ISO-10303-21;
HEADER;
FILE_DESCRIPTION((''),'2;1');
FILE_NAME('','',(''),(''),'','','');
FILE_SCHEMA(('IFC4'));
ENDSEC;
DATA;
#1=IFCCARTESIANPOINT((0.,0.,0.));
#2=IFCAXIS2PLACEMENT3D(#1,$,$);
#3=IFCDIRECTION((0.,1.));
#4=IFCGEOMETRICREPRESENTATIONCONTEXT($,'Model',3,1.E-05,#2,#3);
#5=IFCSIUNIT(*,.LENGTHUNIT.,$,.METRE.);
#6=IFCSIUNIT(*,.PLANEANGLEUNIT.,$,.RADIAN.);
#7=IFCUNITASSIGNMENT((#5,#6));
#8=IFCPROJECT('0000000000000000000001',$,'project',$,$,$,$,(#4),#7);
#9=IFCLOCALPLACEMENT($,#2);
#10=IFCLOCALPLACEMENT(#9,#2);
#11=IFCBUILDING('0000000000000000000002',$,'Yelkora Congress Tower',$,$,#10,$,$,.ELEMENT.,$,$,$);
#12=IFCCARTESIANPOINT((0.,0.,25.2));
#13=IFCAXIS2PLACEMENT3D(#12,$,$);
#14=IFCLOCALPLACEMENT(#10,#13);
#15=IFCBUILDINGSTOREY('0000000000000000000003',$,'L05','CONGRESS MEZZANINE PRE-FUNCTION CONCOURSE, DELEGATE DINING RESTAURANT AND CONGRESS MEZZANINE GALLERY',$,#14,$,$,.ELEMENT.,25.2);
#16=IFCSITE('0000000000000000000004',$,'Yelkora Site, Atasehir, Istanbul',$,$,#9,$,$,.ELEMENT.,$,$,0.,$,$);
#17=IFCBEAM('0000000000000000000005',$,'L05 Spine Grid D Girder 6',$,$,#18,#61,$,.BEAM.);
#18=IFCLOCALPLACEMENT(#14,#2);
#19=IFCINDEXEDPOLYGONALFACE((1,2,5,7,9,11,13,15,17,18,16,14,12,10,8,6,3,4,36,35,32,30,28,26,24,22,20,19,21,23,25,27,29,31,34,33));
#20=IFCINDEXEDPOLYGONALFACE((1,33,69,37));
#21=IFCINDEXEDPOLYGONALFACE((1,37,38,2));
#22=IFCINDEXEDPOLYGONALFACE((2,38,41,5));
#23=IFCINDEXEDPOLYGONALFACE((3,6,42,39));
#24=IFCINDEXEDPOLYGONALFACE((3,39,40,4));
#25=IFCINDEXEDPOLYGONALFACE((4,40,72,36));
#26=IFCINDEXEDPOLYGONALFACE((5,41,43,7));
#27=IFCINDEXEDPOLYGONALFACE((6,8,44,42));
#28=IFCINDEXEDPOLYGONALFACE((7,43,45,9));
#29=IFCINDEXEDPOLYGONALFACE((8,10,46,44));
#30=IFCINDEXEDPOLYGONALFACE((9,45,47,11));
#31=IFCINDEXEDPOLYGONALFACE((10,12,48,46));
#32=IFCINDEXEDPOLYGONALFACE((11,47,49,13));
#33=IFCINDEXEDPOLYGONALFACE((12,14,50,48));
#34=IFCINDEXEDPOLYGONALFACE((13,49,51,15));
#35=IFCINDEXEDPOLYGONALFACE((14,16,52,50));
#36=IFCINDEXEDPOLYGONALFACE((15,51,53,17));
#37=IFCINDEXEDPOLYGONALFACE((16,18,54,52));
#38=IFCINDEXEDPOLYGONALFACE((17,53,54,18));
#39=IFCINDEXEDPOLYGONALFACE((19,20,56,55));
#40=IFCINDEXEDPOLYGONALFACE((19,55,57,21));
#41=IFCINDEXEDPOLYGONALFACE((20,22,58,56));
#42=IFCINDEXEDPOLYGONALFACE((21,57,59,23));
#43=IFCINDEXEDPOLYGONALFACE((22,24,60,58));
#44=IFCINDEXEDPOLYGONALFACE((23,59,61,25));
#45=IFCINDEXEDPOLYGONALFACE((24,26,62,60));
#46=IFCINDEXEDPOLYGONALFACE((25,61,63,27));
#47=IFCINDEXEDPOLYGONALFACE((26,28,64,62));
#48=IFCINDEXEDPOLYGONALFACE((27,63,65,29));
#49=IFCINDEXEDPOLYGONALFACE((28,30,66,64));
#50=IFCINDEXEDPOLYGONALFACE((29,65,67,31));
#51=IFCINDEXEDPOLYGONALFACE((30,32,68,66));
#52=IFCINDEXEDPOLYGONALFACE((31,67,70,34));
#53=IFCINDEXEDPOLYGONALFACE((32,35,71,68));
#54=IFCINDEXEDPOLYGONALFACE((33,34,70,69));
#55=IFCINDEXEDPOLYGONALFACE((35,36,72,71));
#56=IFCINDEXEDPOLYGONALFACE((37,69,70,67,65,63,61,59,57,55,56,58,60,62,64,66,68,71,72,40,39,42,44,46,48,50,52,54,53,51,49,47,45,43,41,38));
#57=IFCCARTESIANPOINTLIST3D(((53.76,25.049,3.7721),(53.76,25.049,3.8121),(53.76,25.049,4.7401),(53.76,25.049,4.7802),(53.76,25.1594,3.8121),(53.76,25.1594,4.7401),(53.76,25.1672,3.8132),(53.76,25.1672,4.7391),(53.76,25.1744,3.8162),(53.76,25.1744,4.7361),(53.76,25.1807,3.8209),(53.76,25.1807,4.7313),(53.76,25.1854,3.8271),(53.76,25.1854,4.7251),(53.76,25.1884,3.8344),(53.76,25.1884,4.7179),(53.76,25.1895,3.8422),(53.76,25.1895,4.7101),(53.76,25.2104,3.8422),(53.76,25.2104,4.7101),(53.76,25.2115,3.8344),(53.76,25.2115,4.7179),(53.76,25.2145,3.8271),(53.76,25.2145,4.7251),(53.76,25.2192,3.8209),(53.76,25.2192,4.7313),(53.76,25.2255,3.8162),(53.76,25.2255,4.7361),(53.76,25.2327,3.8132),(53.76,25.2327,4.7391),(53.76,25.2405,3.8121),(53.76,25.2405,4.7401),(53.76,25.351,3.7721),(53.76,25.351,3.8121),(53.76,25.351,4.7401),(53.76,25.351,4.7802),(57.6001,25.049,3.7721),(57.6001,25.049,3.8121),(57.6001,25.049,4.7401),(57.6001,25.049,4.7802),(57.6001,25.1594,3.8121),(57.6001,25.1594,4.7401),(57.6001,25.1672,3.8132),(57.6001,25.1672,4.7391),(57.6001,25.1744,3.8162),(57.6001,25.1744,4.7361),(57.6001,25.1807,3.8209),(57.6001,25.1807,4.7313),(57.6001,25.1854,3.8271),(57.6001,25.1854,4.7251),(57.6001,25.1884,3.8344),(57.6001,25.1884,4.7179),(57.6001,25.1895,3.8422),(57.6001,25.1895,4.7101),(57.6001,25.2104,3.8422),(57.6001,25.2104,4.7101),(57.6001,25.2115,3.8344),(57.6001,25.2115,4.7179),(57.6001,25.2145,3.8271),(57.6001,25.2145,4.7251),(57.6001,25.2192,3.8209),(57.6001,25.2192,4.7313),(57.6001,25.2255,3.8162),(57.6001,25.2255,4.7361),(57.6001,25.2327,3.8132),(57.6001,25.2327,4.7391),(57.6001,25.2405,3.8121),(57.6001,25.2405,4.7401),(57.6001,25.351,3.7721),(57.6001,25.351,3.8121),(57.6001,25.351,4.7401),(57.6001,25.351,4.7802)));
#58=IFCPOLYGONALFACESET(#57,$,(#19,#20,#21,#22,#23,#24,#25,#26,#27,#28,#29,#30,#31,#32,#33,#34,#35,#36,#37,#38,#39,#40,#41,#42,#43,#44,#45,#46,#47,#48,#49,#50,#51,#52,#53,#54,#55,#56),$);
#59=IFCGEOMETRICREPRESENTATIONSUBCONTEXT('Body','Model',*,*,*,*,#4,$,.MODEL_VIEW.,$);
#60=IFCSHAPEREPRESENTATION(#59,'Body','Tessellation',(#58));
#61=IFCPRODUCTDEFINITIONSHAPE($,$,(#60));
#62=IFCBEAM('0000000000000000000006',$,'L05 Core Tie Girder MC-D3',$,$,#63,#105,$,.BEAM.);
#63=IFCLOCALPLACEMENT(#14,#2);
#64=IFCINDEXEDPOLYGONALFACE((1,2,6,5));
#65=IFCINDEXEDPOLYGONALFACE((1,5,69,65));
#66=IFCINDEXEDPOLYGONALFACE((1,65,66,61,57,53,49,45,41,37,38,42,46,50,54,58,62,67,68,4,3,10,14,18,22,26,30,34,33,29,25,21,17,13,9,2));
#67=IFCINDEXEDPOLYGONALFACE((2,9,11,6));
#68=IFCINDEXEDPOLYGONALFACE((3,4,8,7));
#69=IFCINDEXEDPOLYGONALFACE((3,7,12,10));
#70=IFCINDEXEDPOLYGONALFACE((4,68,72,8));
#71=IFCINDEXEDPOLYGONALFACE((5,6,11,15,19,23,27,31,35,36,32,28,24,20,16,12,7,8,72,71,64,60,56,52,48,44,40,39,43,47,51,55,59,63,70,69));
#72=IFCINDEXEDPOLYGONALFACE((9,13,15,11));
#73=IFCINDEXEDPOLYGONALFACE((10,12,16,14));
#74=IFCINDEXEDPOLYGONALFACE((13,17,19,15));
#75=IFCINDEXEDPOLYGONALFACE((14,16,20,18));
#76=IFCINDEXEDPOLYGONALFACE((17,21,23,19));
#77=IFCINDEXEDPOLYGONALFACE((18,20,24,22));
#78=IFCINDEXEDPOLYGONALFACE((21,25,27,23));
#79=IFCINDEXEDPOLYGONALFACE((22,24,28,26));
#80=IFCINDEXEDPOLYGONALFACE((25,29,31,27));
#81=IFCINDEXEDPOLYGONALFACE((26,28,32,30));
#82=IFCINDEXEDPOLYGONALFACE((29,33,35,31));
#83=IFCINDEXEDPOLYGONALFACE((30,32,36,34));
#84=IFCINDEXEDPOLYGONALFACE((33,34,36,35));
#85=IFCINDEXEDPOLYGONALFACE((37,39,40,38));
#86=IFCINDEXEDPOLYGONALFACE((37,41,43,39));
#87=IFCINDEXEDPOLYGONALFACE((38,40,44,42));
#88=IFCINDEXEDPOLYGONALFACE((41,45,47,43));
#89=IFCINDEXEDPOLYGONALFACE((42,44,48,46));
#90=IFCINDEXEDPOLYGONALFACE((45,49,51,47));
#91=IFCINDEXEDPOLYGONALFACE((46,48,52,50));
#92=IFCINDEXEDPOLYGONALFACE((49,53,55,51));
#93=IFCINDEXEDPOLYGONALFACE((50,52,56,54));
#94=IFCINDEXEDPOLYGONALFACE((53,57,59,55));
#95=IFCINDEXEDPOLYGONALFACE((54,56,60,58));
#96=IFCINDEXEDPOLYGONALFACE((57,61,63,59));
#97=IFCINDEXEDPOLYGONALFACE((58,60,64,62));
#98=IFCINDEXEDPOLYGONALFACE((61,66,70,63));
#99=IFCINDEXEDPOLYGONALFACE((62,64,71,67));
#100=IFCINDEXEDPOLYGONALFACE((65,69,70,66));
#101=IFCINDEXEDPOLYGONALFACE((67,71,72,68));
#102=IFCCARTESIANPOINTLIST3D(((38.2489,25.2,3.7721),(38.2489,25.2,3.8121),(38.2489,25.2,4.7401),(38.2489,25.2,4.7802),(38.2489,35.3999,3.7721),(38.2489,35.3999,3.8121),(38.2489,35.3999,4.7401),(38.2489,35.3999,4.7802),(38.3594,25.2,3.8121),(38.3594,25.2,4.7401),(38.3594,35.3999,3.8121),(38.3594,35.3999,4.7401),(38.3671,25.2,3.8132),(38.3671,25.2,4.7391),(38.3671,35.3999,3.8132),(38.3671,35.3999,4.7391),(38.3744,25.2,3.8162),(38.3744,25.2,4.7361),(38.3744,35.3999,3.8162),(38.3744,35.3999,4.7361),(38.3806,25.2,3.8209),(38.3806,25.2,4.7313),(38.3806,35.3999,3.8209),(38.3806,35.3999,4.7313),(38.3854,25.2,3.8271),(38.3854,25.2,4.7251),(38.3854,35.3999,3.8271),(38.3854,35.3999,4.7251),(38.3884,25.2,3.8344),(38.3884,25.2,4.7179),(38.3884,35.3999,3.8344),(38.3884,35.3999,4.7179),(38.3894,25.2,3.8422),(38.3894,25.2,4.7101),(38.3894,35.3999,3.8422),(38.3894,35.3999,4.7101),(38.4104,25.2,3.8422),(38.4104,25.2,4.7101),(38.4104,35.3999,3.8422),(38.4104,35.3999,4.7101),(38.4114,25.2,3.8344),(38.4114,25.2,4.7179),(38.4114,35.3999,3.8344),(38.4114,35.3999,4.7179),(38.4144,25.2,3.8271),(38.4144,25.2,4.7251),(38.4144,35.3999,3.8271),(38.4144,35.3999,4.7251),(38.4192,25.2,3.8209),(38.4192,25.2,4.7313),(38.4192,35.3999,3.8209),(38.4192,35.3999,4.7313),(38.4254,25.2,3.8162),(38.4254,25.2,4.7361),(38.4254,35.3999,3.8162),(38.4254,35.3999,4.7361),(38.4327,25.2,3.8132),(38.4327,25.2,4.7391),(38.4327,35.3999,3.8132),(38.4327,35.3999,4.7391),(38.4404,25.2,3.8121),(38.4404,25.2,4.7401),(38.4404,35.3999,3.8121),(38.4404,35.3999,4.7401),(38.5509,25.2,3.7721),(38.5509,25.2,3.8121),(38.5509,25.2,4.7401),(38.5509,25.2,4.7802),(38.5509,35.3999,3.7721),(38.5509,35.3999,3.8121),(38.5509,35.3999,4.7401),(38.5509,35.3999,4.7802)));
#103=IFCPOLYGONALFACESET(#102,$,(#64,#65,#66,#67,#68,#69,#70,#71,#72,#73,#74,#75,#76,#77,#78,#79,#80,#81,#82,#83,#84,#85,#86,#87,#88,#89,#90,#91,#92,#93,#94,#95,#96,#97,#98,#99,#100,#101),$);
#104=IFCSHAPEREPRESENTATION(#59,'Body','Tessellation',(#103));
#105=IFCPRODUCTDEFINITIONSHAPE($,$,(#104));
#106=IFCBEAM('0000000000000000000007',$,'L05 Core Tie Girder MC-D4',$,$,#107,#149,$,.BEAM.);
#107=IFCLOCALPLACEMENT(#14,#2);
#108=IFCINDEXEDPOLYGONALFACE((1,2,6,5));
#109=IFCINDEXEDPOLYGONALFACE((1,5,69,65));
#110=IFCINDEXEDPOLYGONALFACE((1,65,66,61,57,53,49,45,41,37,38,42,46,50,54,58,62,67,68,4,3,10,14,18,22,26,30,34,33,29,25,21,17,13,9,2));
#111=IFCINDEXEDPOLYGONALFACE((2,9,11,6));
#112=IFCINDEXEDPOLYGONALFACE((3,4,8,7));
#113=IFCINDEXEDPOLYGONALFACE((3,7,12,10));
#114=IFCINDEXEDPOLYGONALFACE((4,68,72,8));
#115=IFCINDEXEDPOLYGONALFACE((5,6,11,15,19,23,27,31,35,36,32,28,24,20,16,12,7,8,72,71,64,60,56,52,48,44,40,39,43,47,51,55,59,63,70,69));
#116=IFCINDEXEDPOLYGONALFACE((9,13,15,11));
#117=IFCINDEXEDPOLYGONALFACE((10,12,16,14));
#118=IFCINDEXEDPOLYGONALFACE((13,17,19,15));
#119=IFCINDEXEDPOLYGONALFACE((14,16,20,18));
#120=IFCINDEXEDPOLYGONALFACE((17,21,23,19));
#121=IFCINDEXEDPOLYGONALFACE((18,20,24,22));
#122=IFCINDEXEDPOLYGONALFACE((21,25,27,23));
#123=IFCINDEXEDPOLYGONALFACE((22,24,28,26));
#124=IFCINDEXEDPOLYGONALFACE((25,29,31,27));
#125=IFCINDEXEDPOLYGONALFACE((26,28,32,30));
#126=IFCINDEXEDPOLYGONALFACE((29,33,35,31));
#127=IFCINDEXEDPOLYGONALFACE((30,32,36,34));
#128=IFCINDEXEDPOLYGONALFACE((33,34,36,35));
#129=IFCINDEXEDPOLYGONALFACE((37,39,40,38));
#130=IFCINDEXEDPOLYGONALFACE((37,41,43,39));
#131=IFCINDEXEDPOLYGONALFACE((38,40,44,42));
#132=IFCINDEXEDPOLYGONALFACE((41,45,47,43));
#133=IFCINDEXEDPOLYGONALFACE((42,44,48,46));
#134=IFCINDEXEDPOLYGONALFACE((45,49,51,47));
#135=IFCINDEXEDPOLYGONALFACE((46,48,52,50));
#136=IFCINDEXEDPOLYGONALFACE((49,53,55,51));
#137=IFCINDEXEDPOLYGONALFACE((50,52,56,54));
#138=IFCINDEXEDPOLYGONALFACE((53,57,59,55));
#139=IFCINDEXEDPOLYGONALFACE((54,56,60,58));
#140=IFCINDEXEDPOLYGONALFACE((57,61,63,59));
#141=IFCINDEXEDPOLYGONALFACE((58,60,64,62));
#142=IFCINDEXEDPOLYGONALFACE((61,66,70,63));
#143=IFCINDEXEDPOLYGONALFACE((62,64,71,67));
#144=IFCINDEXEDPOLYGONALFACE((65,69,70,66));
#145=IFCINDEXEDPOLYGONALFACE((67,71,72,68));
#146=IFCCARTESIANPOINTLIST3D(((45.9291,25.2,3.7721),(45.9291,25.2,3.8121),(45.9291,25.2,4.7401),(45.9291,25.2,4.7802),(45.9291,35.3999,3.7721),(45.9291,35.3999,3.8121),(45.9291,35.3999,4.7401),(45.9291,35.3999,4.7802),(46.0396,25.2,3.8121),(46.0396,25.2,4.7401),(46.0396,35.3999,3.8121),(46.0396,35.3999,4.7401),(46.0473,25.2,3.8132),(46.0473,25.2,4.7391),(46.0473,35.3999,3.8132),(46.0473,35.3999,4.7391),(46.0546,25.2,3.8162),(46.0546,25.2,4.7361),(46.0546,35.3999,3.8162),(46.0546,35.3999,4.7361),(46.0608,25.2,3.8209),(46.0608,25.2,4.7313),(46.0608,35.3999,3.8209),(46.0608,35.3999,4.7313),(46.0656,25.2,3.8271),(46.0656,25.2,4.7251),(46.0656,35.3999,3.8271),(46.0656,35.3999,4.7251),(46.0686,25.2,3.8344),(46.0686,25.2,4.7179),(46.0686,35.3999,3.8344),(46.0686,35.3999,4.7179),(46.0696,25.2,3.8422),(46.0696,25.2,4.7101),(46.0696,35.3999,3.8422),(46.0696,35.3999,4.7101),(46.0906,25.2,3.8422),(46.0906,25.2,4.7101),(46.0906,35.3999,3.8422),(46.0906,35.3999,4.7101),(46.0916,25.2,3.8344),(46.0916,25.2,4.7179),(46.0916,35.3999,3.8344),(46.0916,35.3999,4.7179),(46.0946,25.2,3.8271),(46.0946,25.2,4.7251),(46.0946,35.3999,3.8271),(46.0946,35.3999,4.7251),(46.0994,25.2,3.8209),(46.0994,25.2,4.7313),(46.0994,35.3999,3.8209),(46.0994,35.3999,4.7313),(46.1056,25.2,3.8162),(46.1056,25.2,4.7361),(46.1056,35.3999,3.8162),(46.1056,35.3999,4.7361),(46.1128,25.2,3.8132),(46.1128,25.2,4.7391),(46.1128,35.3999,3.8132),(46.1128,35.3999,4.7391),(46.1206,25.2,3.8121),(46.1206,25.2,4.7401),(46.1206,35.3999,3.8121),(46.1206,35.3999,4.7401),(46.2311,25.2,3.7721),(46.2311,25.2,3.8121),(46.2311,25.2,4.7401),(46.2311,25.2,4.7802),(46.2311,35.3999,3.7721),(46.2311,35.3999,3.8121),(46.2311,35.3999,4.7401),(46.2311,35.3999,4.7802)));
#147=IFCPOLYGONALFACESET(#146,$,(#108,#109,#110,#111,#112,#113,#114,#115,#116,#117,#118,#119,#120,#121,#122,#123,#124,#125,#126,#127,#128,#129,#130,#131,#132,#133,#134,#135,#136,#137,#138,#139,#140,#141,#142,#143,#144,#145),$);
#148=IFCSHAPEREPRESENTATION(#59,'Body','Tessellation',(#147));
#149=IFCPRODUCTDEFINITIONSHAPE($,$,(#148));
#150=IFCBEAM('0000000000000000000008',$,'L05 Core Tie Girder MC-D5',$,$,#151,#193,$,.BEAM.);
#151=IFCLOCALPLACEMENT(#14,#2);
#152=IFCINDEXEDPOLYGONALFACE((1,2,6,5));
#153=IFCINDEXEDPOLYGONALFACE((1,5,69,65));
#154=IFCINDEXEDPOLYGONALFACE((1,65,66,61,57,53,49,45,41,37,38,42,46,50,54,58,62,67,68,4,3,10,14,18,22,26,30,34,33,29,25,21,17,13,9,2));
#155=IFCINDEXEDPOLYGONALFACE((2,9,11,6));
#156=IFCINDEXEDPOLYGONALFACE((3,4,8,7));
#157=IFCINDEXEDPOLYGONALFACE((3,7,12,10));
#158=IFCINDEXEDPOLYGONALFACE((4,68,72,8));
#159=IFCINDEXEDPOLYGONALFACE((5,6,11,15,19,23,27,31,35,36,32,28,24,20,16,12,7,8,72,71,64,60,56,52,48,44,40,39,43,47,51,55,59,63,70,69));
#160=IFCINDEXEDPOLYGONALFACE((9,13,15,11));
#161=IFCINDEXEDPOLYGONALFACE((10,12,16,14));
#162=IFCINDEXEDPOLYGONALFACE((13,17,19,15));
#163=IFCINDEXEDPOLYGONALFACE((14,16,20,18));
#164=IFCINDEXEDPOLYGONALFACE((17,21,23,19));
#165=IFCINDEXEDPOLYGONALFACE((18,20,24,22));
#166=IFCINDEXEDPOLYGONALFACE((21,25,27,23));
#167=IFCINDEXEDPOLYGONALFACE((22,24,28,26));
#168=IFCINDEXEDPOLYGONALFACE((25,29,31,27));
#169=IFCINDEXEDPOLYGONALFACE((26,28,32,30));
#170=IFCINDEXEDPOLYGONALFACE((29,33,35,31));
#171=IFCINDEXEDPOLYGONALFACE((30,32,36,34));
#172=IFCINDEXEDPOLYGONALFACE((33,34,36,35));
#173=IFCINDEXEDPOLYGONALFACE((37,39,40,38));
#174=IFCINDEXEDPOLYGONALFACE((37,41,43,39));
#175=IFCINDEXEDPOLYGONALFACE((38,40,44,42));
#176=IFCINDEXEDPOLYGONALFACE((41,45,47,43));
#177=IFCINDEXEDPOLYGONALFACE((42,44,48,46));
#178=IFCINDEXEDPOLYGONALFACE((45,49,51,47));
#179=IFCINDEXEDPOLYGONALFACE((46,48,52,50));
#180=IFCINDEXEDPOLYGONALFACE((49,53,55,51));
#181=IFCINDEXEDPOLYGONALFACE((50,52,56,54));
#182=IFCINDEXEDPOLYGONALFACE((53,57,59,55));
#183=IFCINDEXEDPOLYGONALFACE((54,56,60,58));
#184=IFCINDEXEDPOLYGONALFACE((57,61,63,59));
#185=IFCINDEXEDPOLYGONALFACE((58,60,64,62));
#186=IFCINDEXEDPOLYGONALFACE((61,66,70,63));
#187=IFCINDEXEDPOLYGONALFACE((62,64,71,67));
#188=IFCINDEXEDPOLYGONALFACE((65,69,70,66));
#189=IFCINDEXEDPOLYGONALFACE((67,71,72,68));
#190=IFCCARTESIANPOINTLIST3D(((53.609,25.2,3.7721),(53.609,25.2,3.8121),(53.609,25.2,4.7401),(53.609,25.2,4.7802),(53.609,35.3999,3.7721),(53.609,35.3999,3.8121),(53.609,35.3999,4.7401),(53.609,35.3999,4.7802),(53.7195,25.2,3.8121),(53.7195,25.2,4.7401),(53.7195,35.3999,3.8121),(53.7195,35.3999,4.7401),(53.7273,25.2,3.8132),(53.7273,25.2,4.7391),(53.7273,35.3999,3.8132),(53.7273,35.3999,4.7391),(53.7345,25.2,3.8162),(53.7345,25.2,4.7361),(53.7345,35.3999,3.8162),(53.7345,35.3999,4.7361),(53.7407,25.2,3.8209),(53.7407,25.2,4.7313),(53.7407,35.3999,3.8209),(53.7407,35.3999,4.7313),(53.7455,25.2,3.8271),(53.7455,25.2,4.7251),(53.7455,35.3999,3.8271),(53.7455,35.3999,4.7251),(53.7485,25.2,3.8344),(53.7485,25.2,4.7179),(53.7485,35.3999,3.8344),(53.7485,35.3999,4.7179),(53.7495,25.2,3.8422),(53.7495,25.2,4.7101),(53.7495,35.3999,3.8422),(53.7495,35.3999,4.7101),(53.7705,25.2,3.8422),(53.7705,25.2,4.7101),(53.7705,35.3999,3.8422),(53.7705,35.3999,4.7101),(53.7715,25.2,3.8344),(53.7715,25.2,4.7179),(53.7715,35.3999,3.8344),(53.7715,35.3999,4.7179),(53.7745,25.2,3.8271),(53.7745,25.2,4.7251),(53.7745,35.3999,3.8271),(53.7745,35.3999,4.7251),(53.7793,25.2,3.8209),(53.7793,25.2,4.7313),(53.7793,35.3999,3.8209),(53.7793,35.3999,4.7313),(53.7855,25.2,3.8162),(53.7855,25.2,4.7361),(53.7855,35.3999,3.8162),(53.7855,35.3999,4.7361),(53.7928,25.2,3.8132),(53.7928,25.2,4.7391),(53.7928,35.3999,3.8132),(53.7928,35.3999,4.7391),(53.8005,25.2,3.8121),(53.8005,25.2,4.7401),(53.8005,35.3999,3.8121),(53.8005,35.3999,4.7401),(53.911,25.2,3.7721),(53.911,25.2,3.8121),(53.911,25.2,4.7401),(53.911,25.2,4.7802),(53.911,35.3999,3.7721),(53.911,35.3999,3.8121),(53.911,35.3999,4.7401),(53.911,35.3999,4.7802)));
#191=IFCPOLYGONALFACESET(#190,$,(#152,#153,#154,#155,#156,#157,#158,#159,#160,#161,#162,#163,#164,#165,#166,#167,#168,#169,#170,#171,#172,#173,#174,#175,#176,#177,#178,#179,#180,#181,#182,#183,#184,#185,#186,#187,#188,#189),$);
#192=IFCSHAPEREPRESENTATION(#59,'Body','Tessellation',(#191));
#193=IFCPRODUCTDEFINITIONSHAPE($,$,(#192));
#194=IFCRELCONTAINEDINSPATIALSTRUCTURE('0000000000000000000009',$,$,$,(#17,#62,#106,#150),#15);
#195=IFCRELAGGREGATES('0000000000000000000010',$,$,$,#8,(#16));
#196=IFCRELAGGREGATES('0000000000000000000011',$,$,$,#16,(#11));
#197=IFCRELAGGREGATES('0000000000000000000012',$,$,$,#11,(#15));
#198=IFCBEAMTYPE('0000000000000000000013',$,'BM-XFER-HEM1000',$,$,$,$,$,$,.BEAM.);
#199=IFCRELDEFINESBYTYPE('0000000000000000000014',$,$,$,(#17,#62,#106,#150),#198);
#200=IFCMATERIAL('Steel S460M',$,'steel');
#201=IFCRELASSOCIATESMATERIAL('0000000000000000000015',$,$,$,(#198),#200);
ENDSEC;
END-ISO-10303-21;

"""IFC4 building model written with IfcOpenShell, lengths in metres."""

from ifc_helpers import new_model, si_unit, direction, frame, origin, origin_2d, place, context, subcontext, project, spatial, i_section, extrude, material, material_profile, profile_set, type_object, element, save


model = new_model("IFC4")

# Units and contexts
model_context = context("Model", 3, precision=1e-05, world=origin(), true_north=direction((0.0, 1.0)))
body_context = subcontext(model_context, "Body", "Model", "MODEL_VIEW")
ifc_project = project(units=[si_unit("LENGTHUNIT", "METRE"), si_unit("PLANEANGLEUNIT", "RADIAN")], contexts=[model_context])

# Site, building, storey
site_placement = place(None, origin())
site = spatial("IfcSite", under=ifc_project, at=site_placement, Name="Yelkora Site, Atasehir, Istanbul", CompositionType="ELEMENT", RefElevation=0.0)
building_placement = place(site_placement, origin())
building = spatial("IfcBuilding", under=site, at=building_placement, Name="Yelkora Congress Tower", CompositionType="ELEMENT")
storey_placement = place(building_placement, frame((0.0, 0.0, 25.2)))
storey = spatial("IfcBuildingStorey", under=building, at=storey_placement, Name="L05", Description="CONGRESS MEZZANINE PRE-FUNCTION CONCOURSE, DELEGATE DINING RESTAURANT AND CONGRESS MEZZANINE GALLERY", CompositionType="ELEMENT", Elevation=25.2)

# Beams
ifc_material_1 = material(Name="Steel S460M", Category="steel")
ifc_material_profile_1 = material_profile(ifc_material_1, i_section(OverallWidth=0.302, OverallDepth=1.0081, WebThickness=0.021, FlangeThickness=0.04, FilletRadius=0.03, at=origin_2d()), Name="HEM 1000")
ifc_profile_set_1 = profile_set([ifc_material_profile_1], Name="Steel S460M")
beam_type_1 = type_object("IfcBeamType", Name="BM-XFER-HEM1000", PredefinedType="BEAM", material=ifc_profile_set_1)
beam_1_placement = place(storey_placement, frame((53.76, 25.2, 4.2761), z_axis=(1.0, 0.0, 0.0), x_axis=(0.0, 1.0, 0.0)))
element("IfcBeam", 1, at=beam_1_placement, inside=storey, type_object=beam_type_1, Name="L05 Spine Grid D Girder 6", PredefinedType="BEAM", context=body_context, shape_type="SweptSolid", body=[
    extrude(i_section(OverallWidth=0.302, OverallDepth=1.0081, WebThickness=0.021, FlangeThickness=0.04, FilletRadius=0.03, at=origin_2d()), origin(), (0.0, 0.0, 1.0), 3.8401),
])
for number, where, z_axis, x_axis, name in (
    (2, (38.3999, 25.2, 4.2761), (0.0, 1.0, 0.0), (-1.0, 0.0, 0.0), "L05 Core Tie Girder MC-D3"),
    (3, (46.0801, 25.2, 4.2761), (0.0, 1.0, 0.0), (-1.0, 0.0, 0.0), "L05 Core Tie Girder MC-D4"),
    (4, (53.76, 25.2, 4.2761), (0.0, 1.0, 0.0), (-1.0, 0.0, 0.0), "L05 Core Tie Girder MC-D5"),
):
    element("IfcBeam", number, at=place(storey_placement, frame(where, z_axis=z_axis, x_axis=x_axis)), inside=storey, type_object=beam_type_1, Name=name, PredefinedType="BEAM", context=body_context, shape_type="SweptSolid", body=[
        extrude(i_section(OverallWidth=0.302, OverallDepth=1.0081, WebThickness=0.021, FlangeThickness=0.04, FilletRadius=0.03, at=origin_2d()), origin(), (0.0, 0.0, 1.0), 10.2),
    ])

save(model, "model.ifc")
